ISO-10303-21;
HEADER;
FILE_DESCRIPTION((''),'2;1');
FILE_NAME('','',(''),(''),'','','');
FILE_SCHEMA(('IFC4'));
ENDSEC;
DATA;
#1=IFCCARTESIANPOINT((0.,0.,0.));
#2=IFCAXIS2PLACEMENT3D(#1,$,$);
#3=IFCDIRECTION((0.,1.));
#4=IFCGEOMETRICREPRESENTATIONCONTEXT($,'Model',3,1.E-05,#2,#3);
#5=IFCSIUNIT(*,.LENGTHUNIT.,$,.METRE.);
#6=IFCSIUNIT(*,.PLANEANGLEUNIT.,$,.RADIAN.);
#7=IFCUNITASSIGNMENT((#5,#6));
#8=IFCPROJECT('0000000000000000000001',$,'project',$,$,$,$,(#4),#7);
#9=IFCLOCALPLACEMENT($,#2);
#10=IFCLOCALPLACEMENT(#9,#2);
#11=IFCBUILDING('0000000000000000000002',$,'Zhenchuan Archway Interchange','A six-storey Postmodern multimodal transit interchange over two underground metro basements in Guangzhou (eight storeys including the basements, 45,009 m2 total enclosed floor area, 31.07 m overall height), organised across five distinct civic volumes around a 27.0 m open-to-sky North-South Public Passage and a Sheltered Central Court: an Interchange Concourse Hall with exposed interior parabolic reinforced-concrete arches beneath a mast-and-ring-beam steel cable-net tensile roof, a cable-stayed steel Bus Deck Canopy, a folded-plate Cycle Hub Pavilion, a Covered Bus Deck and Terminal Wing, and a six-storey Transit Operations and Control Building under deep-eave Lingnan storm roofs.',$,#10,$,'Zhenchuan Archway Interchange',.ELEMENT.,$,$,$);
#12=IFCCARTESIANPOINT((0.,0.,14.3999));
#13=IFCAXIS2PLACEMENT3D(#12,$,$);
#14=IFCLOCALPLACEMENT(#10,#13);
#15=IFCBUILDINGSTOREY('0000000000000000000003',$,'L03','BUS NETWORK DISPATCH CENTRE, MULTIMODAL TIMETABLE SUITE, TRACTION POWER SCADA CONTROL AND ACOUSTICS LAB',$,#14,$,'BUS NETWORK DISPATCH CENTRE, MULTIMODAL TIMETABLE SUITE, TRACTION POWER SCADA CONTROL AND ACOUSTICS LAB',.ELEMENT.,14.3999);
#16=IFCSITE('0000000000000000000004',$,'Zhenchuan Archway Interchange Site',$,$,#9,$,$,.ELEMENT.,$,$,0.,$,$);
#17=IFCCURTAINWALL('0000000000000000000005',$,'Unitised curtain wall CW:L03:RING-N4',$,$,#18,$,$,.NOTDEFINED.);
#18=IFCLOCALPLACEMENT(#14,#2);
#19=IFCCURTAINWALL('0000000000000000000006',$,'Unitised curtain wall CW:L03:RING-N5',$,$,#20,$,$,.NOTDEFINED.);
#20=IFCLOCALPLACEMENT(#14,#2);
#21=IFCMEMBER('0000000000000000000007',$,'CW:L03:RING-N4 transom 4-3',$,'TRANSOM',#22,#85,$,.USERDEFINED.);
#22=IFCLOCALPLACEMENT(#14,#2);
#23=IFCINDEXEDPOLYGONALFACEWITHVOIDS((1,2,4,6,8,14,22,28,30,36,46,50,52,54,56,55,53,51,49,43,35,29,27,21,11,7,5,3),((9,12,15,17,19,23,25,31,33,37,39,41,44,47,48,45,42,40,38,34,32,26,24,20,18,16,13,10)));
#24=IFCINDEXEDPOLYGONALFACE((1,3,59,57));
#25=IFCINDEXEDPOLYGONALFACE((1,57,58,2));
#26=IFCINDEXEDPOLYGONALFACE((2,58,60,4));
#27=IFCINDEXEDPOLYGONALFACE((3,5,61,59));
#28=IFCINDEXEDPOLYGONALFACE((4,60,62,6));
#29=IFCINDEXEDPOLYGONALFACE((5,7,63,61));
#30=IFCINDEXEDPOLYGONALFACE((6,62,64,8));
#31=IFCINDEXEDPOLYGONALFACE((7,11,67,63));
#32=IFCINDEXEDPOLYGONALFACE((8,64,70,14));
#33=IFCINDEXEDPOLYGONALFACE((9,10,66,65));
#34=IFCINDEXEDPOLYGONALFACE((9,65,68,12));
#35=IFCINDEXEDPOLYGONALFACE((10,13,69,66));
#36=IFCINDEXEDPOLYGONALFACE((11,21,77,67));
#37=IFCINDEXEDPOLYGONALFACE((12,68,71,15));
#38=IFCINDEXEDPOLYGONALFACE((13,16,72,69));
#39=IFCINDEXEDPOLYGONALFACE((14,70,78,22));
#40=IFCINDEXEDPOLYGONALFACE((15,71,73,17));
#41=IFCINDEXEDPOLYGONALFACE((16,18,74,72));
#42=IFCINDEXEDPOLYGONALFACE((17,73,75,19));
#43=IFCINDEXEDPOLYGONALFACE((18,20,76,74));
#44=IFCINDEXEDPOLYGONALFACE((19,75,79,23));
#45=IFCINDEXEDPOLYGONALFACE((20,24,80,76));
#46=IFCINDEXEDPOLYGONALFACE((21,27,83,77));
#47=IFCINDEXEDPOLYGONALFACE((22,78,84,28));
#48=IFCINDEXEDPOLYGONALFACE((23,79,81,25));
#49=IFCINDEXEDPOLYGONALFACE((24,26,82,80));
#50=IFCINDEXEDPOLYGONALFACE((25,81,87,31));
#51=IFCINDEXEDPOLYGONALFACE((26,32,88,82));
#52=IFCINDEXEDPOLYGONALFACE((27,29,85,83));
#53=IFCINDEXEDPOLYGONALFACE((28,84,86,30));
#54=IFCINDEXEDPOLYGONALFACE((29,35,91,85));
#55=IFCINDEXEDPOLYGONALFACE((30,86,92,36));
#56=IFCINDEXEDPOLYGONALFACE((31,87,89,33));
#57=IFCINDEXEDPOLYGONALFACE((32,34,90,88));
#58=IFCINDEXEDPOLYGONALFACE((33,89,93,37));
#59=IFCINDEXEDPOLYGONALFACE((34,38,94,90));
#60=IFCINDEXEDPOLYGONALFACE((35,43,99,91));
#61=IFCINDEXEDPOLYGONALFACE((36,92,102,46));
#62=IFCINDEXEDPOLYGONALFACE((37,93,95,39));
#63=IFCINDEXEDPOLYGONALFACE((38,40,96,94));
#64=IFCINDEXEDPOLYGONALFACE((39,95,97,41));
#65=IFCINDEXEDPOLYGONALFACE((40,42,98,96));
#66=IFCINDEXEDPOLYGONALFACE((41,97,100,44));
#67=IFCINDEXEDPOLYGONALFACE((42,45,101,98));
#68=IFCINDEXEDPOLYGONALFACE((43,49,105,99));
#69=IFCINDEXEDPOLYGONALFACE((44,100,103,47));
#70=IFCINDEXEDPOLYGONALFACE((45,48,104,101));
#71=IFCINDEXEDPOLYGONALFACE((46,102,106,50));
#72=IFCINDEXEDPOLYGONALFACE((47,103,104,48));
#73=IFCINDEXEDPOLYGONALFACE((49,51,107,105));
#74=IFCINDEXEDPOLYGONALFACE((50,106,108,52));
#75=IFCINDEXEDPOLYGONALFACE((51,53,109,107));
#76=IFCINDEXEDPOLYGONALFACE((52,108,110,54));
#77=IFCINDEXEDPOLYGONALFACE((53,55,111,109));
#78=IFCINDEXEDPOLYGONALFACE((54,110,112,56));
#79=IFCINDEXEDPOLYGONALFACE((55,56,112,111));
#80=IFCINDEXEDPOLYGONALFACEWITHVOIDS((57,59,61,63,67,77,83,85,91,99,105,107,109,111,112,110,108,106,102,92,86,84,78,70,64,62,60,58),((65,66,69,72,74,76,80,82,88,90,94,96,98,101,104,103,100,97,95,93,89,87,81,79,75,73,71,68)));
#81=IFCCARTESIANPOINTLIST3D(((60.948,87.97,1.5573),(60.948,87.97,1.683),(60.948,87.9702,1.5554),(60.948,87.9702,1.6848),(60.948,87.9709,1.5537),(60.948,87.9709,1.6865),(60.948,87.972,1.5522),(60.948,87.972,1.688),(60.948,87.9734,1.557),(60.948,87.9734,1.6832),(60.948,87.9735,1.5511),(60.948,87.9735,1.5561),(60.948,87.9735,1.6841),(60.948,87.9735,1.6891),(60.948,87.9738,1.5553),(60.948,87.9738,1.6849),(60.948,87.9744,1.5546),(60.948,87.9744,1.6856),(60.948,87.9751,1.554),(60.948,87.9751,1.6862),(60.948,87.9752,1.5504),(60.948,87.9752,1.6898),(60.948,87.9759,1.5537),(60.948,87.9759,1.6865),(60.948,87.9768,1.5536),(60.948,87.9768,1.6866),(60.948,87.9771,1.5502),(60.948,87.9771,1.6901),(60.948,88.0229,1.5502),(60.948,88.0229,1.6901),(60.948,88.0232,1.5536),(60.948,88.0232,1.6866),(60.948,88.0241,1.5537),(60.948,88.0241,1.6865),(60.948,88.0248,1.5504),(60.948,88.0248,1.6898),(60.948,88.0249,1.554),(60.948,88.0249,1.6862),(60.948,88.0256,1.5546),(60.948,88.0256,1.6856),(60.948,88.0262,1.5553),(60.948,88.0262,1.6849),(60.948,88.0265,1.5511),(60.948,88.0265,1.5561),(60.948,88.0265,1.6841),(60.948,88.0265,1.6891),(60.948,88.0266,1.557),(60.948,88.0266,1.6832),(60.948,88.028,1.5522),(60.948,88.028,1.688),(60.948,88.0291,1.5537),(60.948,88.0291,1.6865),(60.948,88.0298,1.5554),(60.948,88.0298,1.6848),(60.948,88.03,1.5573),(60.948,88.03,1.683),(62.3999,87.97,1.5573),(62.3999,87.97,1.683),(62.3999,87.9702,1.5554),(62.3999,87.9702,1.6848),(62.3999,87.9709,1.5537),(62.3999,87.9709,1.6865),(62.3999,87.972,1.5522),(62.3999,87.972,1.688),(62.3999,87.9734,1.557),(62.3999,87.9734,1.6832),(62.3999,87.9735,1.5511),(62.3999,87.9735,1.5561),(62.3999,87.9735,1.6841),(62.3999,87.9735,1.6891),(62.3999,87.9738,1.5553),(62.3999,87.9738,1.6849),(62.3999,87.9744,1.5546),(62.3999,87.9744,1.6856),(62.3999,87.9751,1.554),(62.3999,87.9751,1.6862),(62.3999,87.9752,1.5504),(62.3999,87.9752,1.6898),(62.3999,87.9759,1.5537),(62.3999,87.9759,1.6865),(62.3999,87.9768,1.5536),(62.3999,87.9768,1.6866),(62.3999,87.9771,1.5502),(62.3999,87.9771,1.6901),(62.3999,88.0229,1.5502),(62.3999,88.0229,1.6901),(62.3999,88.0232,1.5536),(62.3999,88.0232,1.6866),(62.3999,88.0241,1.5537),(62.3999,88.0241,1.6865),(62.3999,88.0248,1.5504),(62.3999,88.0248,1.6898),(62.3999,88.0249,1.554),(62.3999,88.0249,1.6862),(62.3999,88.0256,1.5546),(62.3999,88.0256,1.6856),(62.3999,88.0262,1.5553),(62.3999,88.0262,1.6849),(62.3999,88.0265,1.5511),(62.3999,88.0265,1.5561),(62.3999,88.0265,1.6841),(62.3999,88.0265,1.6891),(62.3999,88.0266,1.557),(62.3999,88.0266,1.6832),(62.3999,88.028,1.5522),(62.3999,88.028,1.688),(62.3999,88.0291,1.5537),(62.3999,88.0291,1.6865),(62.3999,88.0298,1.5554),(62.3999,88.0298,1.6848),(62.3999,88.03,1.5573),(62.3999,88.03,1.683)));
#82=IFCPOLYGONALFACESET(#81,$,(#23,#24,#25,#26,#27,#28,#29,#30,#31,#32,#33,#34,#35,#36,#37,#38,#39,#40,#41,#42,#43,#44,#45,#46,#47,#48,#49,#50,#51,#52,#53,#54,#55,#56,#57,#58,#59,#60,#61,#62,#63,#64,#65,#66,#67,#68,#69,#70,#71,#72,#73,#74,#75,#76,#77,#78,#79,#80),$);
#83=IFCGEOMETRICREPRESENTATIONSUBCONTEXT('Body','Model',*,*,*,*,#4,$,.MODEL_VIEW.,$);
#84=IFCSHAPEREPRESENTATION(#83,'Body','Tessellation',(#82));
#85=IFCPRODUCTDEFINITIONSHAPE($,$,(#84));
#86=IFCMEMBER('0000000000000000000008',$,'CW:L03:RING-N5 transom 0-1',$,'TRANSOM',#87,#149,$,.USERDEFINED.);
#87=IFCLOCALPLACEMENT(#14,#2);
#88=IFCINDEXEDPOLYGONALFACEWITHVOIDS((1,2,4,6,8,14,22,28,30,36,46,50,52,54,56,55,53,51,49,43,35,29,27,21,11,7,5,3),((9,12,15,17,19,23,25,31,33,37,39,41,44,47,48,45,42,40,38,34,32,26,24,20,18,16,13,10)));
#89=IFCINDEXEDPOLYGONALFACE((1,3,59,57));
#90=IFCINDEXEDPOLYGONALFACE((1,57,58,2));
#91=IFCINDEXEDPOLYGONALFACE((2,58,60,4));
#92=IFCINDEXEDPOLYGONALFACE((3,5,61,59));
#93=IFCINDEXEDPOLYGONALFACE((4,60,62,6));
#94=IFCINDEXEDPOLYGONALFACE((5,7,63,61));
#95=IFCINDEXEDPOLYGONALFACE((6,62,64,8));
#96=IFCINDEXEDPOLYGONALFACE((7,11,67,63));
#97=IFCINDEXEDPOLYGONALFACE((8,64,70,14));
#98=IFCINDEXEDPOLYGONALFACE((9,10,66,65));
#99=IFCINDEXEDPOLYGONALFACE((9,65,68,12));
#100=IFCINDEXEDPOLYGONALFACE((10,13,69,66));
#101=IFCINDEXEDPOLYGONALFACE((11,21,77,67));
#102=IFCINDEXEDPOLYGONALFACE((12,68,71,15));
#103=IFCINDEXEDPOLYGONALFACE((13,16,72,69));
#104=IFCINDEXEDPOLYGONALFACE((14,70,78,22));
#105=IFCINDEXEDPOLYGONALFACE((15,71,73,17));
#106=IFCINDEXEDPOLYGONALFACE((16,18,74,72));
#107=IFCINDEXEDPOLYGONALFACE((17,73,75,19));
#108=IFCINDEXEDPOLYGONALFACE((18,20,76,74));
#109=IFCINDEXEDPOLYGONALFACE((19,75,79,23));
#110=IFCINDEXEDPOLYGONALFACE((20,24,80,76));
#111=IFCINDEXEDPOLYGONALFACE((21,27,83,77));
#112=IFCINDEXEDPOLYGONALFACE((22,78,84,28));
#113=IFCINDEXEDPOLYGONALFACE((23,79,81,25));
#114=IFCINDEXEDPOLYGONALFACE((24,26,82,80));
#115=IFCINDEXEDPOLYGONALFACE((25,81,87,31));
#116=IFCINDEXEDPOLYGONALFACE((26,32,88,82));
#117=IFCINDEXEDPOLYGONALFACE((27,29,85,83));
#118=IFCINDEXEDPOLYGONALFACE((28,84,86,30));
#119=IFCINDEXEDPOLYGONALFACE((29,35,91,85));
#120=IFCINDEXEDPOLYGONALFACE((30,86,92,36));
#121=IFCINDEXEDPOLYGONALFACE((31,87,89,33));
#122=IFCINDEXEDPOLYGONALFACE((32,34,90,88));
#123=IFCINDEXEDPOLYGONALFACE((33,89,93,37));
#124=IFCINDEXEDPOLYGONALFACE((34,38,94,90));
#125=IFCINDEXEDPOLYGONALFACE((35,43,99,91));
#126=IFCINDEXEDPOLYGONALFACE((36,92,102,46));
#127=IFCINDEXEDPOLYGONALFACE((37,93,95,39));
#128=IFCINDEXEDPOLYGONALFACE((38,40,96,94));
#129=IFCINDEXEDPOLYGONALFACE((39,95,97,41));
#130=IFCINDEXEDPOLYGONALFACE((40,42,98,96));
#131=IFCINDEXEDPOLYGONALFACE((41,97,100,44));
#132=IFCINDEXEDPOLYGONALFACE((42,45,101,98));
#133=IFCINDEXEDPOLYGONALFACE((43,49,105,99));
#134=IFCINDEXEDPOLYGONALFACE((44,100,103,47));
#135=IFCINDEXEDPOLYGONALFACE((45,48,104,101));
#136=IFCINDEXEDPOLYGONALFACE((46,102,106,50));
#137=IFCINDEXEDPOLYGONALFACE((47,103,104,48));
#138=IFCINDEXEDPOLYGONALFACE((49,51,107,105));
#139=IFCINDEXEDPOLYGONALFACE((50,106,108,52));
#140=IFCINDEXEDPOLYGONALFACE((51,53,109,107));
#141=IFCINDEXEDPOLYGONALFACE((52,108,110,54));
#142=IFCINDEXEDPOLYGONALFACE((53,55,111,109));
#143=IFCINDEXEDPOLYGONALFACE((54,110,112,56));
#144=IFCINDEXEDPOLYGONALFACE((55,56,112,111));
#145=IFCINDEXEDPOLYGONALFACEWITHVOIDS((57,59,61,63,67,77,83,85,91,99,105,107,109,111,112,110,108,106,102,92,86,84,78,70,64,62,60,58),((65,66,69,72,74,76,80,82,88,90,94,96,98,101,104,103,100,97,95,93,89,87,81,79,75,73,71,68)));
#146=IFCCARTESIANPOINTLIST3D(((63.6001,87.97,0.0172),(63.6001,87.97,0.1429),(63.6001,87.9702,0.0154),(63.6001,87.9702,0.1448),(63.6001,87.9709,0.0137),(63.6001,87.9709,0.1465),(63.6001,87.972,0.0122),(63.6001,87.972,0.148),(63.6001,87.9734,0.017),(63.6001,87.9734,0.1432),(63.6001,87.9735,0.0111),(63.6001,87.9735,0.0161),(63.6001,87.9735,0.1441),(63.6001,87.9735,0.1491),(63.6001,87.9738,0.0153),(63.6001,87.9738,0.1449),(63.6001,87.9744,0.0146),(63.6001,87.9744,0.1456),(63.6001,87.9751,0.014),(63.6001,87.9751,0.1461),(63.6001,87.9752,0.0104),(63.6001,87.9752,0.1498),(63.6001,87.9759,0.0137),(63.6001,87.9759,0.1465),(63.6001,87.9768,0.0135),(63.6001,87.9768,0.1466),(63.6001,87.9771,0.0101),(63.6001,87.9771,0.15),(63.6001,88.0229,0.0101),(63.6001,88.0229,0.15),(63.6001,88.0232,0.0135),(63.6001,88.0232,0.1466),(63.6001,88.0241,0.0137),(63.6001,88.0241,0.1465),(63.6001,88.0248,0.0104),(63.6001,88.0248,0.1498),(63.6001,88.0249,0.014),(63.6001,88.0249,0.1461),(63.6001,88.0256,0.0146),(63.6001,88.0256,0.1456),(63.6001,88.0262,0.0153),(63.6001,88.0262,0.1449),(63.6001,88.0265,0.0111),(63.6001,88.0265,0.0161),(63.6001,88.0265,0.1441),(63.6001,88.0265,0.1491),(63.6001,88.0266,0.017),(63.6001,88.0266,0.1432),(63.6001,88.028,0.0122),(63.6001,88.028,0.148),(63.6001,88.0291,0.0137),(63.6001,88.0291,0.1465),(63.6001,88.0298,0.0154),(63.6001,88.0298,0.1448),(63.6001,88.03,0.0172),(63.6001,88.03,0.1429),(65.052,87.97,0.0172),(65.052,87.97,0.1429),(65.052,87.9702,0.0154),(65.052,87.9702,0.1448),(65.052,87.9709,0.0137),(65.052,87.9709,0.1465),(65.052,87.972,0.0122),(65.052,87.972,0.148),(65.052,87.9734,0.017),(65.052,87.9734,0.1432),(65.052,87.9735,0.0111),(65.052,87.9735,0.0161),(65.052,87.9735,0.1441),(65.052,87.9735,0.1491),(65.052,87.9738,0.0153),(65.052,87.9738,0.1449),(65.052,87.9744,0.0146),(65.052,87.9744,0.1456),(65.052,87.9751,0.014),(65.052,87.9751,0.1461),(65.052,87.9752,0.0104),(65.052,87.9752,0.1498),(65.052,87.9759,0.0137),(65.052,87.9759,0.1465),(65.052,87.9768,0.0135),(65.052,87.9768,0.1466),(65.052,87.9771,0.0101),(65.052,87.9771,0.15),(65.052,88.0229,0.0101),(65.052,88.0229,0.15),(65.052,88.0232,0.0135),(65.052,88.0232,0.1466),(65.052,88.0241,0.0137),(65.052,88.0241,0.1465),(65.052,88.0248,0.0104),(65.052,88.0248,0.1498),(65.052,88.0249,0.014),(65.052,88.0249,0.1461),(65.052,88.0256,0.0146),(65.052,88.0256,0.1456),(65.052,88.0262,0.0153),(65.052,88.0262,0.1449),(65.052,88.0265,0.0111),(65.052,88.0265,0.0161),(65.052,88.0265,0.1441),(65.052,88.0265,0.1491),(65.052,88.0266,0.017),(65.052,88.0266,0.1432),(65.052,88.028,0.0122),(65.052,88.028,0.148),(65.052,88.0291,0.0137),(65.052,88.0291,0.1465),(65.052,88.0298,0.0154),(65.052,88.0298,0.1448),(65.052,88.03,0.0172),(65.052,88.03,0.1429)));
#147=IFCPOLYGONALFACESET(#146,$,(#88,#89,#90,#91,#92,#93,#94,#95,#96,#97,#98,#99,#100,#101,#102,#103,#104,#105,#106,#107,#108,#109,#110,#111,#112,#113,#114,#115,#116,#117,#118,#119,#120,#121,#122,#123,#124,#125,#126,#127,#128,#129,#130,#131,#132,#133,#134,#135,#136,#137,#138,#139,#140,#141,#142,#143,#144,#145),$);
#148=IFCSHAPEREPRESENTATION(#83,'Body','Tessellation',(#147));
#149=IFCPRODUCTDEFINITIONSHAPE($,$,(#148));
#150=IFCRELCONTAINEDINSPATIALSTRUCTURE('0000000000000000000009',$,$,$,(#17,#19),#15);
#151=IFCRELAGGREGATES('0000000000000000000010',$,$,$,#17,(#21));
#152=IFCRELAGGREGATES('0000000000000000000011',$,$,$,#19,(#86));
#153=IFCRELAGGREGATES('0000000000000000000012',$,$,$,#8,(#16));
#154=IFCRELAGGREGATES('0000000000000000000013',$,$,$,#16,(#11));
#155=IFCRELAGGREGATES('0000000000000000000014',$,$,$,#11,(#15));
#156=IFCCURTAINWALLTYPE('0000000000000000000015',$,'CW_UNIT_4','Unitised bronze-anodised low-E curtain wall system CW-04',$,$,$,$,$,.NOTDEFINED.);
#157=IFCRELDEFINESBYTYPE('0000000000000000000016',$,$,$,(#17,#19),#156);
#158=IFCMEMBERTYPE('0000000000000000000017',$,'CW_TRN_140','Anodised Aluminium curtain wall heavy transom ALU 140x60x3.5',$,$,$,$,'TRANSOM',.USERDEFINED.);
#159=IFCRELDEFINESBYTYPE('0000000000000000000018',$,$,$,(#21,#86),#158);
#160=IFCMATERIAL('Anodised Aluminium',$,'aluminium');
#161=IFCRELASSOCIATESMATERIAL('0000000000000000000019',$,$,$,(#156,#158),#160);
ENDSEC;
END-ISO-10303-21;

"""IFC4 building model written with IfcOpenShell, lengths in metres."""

from ifc_helpers import new_model, si_unit, direction, frame, origin, origin_2d, place, context, subcontext, project, spatial, hollow_rectangle, extrude, material, material_profile, profile_set, type_object, element, aggregate, save


model = new_model("IFC4")

# Units and contexts
model_context = context("Model", 3, precision=1e-05, world=origin(), true_north=direction((0.0, 1.0)))
body_context = subcontext(model_context, "Body", "Model", "MODEL_VIEW")
ifc_project = project(units=[si_unit("LENGTHUNIT", "METRE"), si_unit("PLANEANGLEUNIT", "RADIAN")], contexts=[model_context])

# Site, building, storey
site_placement = place(None, origin())
site = spatial("IfcSite", under=ifc_project, at=site_placement, Name="Zhenchuan Archway Interchange Site", CompositionType="ELEMENT", RefElevation=0.0)
building_placement = place(site_placement, origin())
building = spatial("IfcBuilding", under=site, at=building_placement, Name="Zhenchuan Archway Interchange", Description="A six-storey Postmodern multimodal transit interchange over two underground metro basements in Guangzhou (eight storeys including the basements, 45,009 m2 total enclosed floor area, 31.07 m overall height), organised across five distinct civic volumes around a 27.0 m open-to-sky North-South Public Passage and a Sheltered Central Court: an Interchange Concourse Hall with exposed interior parabolic reinforced-concrete arches beneath a mast-and-ring-beam steel cable-net tensile roof, a cable-stayed steel Bus Deck Canopy, a folded-plate Cycle Hub Pavilion, a Covered Bus Deck and Terminal Wing, and a six-storey Transit Operations and Control Building under deep-eave Lingnan storm roofs.", LongName="Zhenchuan Archway Interchange", CompositionType="ELEMENT")
storey_placement = place(building_placement, frame((0.0, 0.0, 14.3999)))
storey = spatial("IfcBuildingStorey", under=building, at=storey_placement, Name="L03", Description="BUS NETWORK DISPATCH CENTRE, MULTIMODAL TIMETABLE SUITE, TRACTION POWER SCADA CONTROL AND ACOUSTICS LAB", LongName="BUS NETWORK DISPATCH CENTRE, MULTIMODAL TIMETABLE SUITE, TRACTION POWER SCADA CONTROL AND ACOUSTICS LAB", CompositionType="ELEMENT", Elevation=14.3999)

# Curtain walls
ifc_material_1 = material(Name="Anodised Aluminium", Category="aluminium")
curtain_wall_type = type_object("IfcCurtainWallType", Name="CW_UNIT_4", Description="Unitised bronze-anodised low-E curtain wall system CW-04", PredefinedType="NOTDEFINED", material=ifc_material_1)
curtain_wall_1_placement = place(storey_placement, origin())
curtain_wall_1 = element("IfcCurtainWall", 1, at=curtain_wall_1_placement, inside=storey, type_object=curtain_wall_type, Name="Unitised curtain wall CW:L03:RING-N4", PredefinedType="NOTDEFINED")
curtain_wall_2_placement = place(storey_placement, origin())
curtain_wall_2 = element("IfcCurtainWall", 2, at=curtain_wall_2_placement, inside=storey, type_object=curtain_wall_type, Name="Unitised curtain wall CW:L03:RING-N5", PredefinedType="NOTDEFINED")

# Members
ifc_material_profile_1 = material_profile(ifc_material_1, hollow_rectangle(XDim=0.0601, YDim=0.1399, WallThickness=0.0034, InnerFilletRadius=0.0034, OuterFilletRadius=0.0071, at=origin_2d()), Name="ALU 140x60x3.5")
ifc_profile_set_1 = profile_set([ifc_material_profile_1], Name="Anodised Aluminium")
member_type_1 = type_object("IfcMemberType", Name="CW_TRN_140", Description="Anodised Aluminium curtain wall heavy transom ALU 140x60x3.5", ElementType="TRANSOM", PredefinedType="USERDEFINED", material=ifc_profile_set_1)
member_1_placement = place(storey_placement, frame((60.948, 88.0, 1.6201), z_axis=(1.0, 0.0, 0.0), x_axis=(0.0, 1.0, 0.0)))
member_1 = element("IfcMember", 3, at=member_1_placement, type_object=member_type_1, Name="CW:L03:RING-N4 transom 4-3", ObjectType="TRANSOM", PredefinedType="USERDEFINED", context=body_context, shape_type="SweptSolid", body=[
    extrude(hollow_rectangle(XDim=0.0601, YDim=0.1399, WallThickness=0.0034, InnerFilletRadius=0.0034, OuterFilletRadius=0.0071, at=origin_2d()), origin(), (0.0, 0.0, 1.0), 1.4519),
])
member_2_placement = place(storey_placement, frame((63.6001, 88.0, 0.0801), z_axis=(1.0, 0.0, 0.0), x_axis=(0.0, 1.0, 0.0)))
member_2 = element("IfcMember", 4, at=member_2_placement, type_object=member_type_1, Name="CW:L03:RING-N5 transom 0-1", ObjectType="TRANSOM", PredefinedType="USERDEFINED", context=body_context, shape_type="SweptSolid", body=[
    extrude(hollow_rectangle(XDim=0.0601, YDim=0.1399, WallThickness=0.0034, InnerFilletRadius=0.0034, OuterFilletRadius=0.0071, at=origin_2d()), origin(), (0.0, 0.0, 1.0), 1.4519),
])

aggregate(curtain_wall_1, [member_1])
aggregate(curtain_wall_2, [member_2])

save(model, "model.ifc")
